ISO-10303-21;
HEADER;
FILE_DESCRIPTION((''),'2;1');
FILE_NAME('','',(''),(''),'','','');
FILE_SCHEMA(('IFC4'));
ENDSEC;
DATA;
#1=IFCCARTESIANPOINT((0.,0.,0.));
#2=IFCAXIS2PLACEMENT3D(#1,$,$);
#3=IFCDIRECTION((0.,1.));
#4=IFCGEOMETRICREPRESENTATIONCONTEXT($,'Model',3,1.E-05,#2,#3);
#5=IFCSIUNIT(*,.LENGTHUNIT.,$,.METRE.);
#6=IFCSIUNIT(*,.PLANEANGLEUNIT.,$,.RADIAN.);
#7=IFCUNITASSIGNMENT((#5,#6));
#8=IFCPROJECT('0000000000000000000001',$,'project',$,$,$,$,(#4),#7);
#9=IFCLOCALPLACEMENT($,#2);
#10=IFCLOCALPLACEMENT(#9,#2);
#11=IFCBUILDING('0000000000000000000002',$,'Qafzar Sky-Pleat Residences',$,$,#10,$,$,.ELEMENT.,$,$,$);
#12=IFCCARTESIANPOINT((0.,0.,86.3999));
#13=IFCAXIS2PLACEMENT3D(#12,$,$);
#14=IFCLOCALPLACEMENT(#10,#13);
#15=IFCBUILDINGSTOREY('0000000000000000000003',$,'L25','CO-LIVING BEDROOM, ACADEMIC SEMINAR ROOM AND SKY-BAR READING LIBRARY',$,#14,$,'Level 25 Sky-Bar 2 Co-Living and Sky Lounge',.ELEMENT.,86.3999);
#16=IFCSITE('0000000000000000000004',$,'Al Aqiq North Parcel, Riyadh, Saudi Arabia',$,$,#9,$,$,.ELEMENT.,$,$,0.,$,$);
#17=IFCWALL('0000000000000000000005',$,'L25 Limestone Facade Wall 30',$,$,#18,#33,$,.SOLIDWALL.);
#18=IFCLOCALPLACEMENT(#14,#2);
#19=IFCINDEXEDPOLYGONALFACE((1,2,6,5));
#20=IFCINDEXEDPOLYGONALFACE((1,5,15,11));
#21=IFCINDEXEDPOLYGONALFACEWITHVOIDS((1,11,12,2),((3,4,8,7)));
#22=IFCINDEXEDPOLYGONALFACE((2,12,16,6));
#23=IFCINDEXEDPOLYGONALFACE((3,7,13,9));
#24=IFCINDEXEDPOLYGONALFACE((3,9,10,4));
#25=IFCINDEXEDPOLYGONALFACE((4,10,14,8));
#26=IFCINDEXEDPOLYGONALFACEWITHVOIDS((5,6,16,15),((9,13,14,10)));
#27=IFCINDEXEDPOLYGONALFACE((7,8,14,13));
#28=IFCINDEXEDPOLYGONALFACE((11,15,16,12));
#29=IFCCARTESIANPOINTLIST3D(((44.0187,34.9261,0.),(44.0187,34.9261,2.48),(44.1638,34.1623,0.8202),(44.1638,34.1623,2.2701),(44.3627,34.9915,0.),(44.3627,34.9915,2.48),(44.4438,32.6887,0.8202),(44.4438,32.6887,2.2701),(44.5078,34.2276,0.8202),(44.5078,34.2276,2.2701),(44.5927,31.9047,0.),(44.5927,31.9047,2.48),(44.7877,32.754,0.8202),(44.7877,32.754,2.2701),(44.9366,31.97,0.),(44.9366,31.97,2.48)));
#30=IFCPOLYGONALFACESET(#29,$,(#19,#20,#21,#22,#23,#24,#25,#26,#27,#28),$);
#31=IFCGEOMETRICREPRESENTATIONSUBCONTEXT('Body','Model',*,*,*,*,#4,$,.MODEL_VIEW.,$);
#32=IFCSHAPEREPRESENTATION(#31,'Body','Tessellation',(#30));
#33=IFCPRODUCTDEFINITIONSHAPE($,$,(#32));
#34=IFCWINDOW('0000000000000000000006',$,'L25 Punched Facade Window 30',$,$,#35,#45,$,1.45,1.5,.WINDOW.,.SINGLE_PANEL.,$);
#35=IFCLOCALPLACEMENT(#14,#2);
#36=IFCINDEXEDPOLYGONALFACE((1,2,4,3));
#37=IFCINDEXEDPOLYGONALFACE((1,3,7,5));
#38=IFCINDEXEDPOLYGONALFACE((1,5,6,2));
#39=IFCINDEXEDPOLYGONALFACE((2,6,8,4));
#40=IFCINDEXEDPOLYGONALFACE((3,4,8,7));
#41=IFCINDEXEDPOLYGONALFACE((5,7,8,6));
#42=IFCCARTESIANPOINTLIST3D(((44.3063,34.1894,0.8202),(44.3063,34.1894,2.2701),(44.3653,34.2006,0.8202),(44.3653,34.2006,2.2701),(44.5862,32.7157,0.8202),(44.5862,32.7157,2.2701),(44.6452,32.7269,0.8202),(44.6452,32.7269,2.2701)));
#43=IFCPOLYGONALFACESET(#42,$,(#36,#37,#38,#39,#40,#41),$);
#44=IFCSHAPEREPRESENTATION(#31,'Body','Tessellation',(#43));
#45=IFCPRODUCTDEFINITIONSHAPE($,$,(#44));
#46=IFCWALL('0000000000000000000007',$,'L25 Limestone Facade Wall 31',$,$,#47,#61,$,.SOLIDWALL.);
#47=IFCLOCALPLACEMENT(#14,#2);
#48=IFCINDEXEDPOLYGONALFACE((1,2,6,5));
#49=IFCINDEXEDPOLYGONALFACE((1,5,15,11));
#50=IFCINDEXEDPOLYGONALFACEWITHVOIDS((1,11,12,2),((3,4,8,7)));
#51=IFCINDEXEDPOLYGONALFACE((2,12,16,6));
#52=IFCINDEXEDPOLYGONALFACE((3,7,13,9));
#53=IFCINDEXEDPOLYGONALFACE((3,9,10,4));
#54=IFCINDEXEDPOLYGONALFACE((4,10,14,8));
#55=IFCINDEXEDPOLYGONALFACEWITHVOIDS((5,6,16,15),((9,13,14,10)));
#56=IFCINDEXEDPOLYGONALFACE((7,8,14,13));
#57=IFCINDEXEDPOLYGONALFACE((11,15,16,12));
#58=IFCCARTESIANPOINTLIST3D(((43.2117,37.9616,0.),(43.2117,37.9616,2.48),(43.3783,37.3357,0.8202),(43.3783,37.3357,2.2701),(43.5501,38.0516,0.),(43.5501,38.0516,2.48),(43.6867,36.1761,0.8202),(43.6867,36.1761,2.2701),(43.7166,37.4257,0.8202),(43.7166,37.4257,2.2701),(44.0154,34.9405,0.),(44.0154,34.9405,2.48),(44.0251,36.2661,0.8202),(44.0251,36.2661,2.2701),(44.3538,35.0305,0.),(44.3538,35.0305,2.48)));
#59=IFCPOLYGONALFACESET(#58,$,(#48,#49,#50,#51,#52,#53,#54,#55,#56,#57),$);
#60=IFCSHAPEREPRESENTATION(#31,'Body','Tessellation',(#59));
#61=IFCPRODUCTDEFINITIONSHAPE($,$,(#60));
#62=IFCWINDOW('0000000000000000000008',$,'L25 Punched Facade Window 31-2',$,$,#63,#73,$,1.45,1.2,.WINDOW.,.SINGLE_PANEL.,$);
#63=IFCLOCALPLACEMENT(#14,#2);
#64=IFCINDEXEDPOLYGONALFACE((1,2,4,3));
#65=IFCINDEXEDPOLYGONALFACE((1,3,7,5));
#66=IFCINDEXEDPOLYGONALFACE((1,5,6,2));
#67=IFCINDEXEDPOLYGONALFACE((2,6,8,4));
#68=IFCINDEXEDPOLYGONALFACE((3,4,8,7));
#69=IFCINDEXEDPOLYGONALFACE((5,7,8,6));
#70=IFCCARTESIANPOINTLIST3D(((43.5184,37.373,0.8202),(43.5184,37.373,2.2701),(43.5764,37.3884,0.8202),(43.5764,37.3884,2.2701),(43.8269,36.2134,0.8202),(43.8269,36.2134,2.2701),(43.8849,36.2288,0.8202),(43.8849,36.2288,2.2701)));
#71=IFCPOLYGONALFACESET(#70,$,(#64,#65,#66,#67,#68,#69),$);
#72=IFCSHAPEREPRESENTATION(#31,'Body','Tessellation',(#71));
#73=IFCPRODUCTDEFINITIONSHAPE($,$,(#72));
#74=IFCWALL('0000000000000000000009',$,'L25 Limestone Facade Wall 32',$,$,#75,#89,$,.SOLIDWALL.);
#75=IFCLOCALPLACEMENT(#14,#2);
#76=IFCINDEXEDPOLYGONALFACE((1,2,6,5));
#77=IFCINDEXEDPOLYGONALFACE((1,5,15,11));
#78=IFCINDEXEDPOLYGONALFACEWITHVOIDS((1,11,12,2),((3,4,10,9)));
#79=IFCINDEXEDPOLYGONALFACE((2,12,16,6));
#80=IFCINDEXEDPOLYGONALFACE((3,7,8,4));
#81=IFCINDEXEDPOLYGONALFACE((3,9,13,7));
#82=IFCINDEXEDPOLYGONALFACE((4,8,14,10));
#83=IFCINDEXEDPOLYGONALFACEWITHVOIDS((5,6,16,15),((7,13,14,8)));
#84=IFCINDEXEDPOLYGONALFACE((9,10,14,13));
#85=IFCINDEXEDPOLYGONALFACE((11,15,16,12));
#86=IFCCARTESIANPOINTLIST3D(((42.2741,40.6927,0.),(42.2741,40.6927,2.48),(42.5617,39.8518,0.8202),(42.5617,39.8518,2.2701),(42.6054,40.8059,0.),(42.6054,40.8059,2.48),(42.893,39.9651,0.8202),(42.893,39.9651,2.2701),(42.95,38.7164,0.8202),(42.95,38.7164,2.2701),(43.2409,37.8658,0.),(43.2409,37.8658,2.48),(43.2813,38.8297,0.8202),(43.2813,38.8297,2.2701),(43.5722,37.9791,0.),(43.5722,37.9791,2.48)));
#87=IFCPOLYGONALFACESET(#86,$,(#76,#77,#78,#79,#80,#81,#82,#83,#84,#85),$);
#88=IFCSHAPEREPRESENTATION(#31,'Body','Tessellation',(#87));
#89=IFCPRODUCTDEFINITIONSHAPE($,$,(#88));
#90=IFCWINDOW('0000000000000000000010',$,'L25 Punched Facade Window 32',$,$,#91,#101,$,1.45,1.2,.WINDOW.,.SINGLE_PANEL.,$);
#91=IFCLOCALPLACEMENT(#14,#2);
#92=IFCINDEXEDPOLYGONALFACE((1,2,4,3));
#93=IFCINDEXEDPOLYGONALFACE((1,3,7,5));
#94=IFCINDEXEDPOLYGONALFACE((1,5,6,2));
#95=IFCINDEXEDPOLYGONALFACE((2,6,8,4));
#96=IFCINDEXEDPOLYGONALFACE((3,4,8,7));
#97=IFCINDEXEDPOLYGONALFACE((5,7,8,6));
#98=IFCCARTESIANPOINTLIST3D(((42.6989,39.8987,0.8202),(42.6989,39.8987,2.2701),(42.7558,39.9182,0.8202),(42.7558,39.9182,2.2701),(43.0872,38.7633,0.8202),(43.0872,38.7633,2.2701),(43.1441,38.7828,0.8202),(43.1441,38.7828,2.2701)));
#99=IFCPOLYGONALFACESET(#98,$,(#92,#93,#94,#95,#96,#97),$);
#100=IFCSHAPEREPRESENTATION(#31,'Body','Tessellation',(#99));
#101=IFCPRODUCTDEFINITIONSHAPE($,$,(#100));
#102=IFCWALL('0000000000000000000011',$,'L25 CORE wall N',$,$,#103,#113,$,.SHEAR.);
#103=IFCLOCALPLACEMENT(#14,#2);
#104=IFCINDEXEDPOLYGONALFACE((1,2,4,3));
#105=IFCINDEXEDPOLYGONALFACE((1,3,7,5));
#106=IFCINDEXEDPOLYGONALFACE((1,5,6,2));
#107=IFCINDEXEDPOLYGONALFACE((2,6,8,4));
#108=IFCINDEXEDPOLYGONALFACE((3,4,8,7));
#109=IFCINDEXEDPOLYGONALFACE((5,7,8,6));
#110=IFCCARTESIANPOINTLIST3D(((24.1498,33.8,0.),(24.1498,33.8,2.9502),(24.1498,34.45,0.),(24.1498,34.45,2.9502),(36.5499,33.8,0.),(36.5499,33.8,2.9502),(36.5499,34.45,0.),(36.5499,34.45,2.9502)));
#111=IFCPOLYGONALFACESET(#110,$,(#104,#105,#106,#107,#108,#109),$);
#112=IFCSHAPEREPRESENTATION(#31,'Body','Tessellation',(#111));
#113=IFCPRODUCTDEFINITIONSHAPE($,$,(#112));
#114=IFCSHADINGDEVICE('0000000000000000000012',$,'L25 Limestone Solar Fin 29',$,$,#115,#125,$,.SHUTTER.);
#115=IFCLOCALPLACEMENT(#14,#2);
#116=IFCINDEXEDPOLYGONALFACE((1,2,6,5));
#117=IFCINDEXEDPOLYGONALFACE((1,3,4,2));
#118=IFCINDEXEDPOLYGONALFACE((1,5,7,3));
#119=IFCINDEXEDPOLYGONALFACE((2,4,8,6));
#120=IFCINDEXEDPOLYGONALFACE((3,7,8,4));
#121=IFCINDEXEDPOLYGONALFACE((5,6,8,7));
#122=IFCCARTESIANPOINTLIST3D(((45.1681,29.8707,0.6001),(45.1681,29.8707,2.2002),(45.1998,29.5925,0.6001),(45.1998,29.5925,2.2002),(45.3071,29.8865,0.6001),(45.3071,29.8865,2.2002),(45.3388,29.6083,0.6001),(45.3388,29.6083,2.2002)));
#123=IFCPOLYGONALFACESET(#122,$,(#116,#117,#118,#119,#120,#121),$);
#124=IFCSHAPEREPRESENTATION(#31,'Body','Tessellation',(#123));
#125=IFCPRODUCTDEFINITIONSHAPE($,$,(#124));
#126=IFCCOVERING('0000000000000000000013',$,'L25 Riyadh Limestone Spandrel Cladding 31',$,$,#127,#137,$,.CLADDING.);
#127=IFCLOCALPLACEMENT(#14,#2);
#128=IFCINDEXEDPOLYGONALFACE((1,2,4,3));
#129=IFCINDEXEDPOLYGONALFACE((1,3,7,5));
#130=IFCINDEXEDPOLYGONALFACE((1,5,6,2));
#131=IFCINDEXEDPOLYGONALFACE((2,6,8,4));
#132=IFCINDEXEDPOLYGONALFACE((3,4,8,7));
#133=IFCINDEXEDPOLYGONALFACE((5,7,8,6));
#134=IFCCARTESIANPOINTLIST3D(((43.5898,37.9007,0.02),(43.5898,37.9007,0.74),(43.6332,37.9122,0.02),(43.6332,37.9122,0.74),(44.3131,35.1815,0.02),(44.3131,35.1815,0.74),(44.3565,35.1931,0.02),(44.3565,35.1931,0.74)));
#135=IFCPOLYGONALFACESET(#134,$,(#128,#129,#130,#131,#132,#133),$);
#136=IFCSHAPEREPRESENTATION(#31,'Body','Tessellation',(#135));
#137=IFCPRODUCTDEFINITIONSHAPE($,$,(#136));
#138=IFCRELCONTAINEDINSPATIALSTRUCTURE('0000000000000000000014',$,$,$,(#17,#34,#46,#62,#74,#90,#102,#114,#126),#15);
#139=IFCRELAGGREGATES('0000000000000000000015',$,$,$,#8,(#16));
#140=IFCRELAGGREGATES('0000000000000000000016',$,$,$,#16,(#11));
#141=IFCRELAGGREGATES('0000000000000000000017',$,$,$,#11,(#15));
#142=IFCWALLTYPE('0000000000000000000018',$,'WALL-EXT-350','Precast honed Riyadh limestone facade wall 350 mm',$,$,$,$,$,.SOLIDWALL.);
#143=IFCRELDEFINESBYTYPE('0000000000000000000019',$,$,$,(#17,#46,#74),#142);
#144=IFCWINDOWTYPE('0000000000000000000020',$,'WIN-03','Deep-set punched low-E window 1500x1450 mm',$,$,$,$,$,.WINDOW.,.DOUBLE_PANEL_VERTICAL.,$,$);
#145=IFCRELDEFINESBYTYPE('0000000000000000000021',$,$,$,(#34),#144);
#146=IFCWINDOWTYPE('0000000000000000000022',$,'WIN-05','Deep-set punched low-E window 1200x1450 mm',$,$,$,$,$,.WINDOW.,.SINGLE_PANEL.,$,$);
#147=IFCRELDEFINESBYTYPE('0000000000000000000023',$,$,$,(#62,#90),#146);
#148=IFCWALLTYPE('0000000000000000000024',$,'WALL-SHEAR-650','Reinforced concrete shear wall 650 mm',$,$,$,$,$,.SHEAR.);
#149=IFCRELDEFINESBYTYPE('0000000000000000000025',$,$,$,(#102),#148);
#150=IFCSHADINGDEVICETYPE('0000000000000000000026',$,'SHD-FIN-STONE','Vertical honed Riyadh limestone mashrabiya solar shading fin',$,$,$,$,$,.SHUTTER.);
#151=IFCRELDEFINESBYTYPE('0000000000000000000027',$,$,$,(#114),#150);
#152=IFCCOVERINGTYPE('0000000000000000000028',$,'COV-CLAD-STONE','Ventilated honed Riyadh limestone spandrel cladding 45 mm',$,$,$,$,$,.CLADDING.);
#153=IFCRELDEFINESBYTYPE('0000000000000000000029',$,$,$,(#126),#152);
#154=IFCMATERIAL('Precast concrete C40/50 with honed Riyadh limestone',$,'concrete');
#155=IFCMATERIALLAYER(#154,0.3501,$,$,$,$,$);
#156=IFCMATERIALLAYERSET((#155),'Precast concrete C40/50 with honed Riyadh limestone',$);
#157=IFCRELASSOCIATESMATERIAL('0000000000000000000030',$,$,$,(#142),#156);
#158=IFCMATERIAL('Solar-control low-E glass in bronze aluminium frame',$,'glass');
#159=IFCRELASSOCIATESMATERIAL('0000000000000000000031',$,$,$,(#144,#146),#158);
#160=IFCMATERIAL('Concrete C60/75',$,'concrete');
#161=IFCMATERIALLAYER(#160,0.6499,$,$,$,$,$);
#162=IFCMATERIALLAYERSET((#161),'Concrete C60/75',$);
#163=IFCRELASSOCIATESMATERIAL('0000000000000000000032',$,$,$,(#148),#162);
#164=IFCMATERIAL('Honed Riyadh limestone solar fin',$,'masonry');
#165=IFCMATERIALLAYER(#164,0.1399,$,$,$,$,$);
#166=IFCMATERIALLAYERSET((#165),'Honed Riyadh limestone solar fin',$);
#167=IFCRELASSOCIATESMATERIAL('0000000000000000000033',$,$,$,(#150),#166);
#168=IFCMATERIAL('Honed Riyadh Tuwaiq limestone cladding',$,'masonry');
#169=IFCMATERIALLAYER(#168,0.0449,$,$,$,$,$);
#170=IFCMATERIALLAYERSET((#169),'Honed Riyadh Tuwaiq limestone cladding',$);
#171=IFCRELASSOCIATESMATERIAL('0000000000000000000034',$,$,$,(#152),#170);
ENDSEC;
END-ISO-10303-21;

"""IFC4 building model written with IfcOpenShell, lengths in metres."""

from ifc_helpers import new_model, si_unit, direction, frame, frame_2d, origin, origin_2d, place, context, subcontext, project, spatial, rectangle, extrude, source, transform, mapped, material, layer, layer_set, type_object, element, fill, save


model = new_model("IFC4")

# Units and contexts
model_context = context("Model", 3, precision=1e-05, world=origin(), true_north=direction((0.0, 1.0)))
body_context = subcontext(model_context, "Body", "Model", "MODEL_VIEW")
ifc_project = project(units=[si_unit("LENGTHUNIT", "METRE"), si_unit("PLANEANGLEUNIT", "RADIAN")], contexts=[model_context])

# Site, building, storey
site_placement = place(None, origin())
site = spatial("IfcSite", under=ifc_project, at=site_placement, Name="Al Aqiq North Parcel, Riyadh, Saudi Arabia", CompositionType="ELEMENT", RefElevation=0.0)
building_placement = place(site_placement, origin())
building = spatial("IfcBuilding", under=site, at=building_placement, Name="Qafzar Sky-Pleat Residences", CompositionType="ELEMENT")
storey_placement = place(building_placement, frame((0.0, 0.0, 86.3999)))
storey = spatial("IfcBuildingStorey", under=building, at=storey_placement, Name="L25", Description="CO-LIVING BEDROOM, ACADEMIC SEMINAR ROOM AND SKY-BAR READING LIBRARY", LongName="Level 25 Sky-Bar 2 Co-Living and Sky Lounge", CompositionType="ELEMENT", Elevation=86.3999)

# Shared definitions
ifc_material_1 = material(Name="Concrete C60/75", Category="concrete")

# Walls, openings, windows
ifc_material_2 = material(Name="Precast concrete C40/50 with honed Riyadh limestone", Category="concrete")
ifc_layer_1 = layer(ifc_material_2, 0.3501)
ifc_layer_set_1 = layer_set([ifc_layer_1], Name="Precast concrete C40/50 with honed Riyadh limestone")
wall_type_1 = type_object("IfcWallType", Name="WALL-EXT-350", Description="Precast honed Riyadh limestone facade wall 350 mm", PredefinedType="SOLIDWALL", material=ifc_layer_set_1)
ifc_material_3 = material(Name="Solar-control low-E glass in bronze aluminium frame", Category="glass")
wall_1_placement = place(storey_placement, frame((44.7646, 31.9375, 0.0), z_axis=(0.0, 0.0, 1.0), x_axis=(-0.186627, 0.982431, 0.0)))
wall_1 = element("IfcWall", 1, at=wall_1_placement, inside=storey, type_object=wall_type_1, Name="L25 Limestone Facade Wall 30", PredefinedType="SOLIDWALL", context=body_context, shape_type="SweptSolid", body=[
    extrude(rectangle(XDim=3.0754, YDim=0.3501, at=frame_2d((1.5376, 0.0))), origin(), (0.0, 0.0, 1.0), 2.48),
])
opening_1_placement = place(wall_1_placement, frame((0.7979, 0.0, 0.8201)))
opening_1 = element("IfcOpeningElement", 2, at=opening_1_placement, cuts=wall_1, PredefinedType="OPENING", context=body_context, shape_type="SweptSolid", body=[
    extrude(rectangle(XDim=1.5, YDim=1.45, at=frame_2d((0.75, 0.7251))), frame((0.0, 0.1851, 0.0), z_axis=(0.0, -1.0, 0.0), x_axis=(1.0, 0.0, 0.0)), (0.0, 0.0, 1.0), 0.3701),
])
window_type_1 = type_object("IfcWindowType", Name="WIN-03", Description="Deep-set punched low-E window 1500x1450 mm", PartitioningType="DOUBLE_PANEL_VERTICAL", PredefinedType="WINDOW", material=ifc_material_3)
shared_shape_1 = source(origin(), body_context, "Body", "SweptSolid", [
    extrude(rectangle(XDim=1.5, YDim=1.45, at=frame_2d((0.75, 0.7251))), frame((0.0, 0.03, 0.0), z_axis=(0.0, -1.0, 0.0), x_axis=(1.0, 0.0, 0.0)), (0.0, 0.0, 1.0), 0.0601),
])
window_1_placement = place(opening_1_placement, origin())
window_1 = element("IfcWindow", 3, at=window_1_placement, inside=storey, type_object=window_type_1, Name="L25 Punched Facade Window 30", OverallHeight=1.45, OverallWidth=1.5, PartitioningType="SINGLE_PANEL", PredefinedType="WINDOW", context=body_context, shape_type="MappedRepresentation", body=[
    mapped(shared_shape_1, transform((0.0, 0.0, 0.0), x_axis=(1.0, 0.0, 0.0), y_axis=(0.0, 1.0, 0.0), z_axis=(0.0, 0.0, 1.0), scale=1.0)),
])
fill(opening_1, window_1)
wall_2_placement = place(storey_placement, frame((44.1846, 34.9856, 0.0), z_axis=(0.0, 0.0, 1.0), x_axis=(-0.257079, 0.96639, 0.0)))
wall_2 = element("IfcWall", 4, at=wall_2_placement, inside=storey, type_object=wall_type_1, Name="L25 Limestone Facade Wall 31", PredefinedType="SOLIDWALL", context=body_context, shape_type="SweptSolid", body=[
    extrude(rectangle(XDim=3.1262, YDim=0.3501, at=frame_2d((1.563, 0.0))), origin(), (0.0, 0.0, 1.0), 2.48),
])
opening_2_placement = place(wall_2_placement, frame((1.2783, 0.0, 0.8201)))
opening_2 = element("IfcOpeningElement", 5, at=opening_2_placement, cuts=wall_2, PredefinedType="OPENING", context=body_context, shape_type="SweptSolid", body=[
    extrude(rectangle(XDim=1.2, YDim=1.45, at=frame_2d((0.6001, 0.7251))), frame((0.0, 0.1851, 0.0), z_axis=(0.0, -1.0, 0.0), x_axis=(1.0, 0.0, 0.0)), (0.0, 0.0, 1.0), 0.3701),
])
window_type_2 = type_object("IfcWindowType", Name="WIN-05", Description="Deep-set punched low-E window 1200x1450 mm", PartitioningType="SINGLE_PANEL", PredefinedType="WINDOW", material=ifc_material_3)
shared_shape_2 = source(origin(), body_context, "Body", "SweptSolid", [
    extrude(rectangle(XDim=1.2, YDim=1.45, at=frame_2d((0.6001, 0.7251))), frame((0.0, 0.03, 0.0), z_axis=(0.0, -1.0, 0.0), x_axis=(1.0, 0.0, 0.0)), (0.0, 0.0, 1.0), 0.0601),
])
window_2_placement = place(opening_2_placement, origin())
window_2 = element("IfcWindow", 6, at=window_2_placement, inside=storey, type_object=window_type_2, Name="L25 Punched Facade Window 31-2", OverallHeight=1.45, OverallWidth=1.2, PartitioningType="SINGLE_PANEL", PredefinedType="WINDOW", context=body_context, shape_type="MappedRepresentation", body=[
    mapped(shared_shape_2, transform((0.0, 0.0, 0.0), x_axis=(1.0, 0.0, 0.0), y_axis=(0.0, 1.0, 0.0), z_axis=(0.0, 0.0, 1.0), scale=1.0)),
])
fill(opening_2, window_2)
wall_3_placement = place(storey_placement, frame((43.4065, 37.9226, 0.0), z_axis=(0.0, 0.0, 1.0), x_axis=(-0.323597, 0.946195, 0.0)))
wall_3 = element("IfcWall", 7, at=wall_3_placement, inside=storey, type_object=wall_type_1, Name="L25 Limestone Facade Wall 32", PredefinedType="SOLIDWALL", context=body_context, shape_type="SweptSolid", body=[
    extrude(rectangle(XDim=2.9875, YDim=0.3501, at=frame_2d((1.4937, 0.0))), origin(), (0.0, 0.0, 1.0), 2.48),
])
opening_3_placement = place(wall_3_placement, frame((0.8987, 0.0, 0.8201)))
opening_3 = element("IfcOpeningElement", 8, at=opening_3_placement, cuts=wall_3, PredefinedType="OPENING", context=body_context, shape_type="SweptSolid", body=[
    extrude(rectangle(XDim=1.2, YDim=1.45, at=frame_2d((0.6001, 0.7251))), frame((0.0, 0.1851, 0.0), z_axis=(0.0, -1.0, 0.0), x_axis=(1.0, 0.0, 0.0)), (0.0, 0.0, 1.0), 0.3701),
])
window_3_placement = place(opening_3_placement, origin())
window_3 = element("IfcWindow", 9, at=window_3_placement, inside=storey, type_object=window_type_2, Name="L25 Punched Facade Window 32", OverallHeight=1.45, OverallWidth=1.2, PartitioningType="SINGLE_PANEL", PredefinedType="WINDOW", context=body_context, shape_type="MappedRepresentation", body=[
    mapped(shared_shape_2, transform((0.0, 0.0, 0.0), x_axis=(1.0, 0.0, 0.0), y_axis=(0.0, 1.0, 0.0), z_axis=(0.0, 0.0, 1.0), scale=1.0)),
])
fill(opening_3, window_3)

# Wall
ifc_layer_2 = layer(ifc_material_1, 0.6499)
ifc_layer_set_2 = layer_set([ifc_layer_2], Name="Concrete C60/75")
wall_type_2 = type_object("IfcWallType", Name="WALL-SHEAR-650", Description="Reinforced concrete shear wall 650 mm", PredefinedType="SHEAR", material=ifc_layer_set_2)
wall_4_placement = place(storey_placement, frame((36.55, 34.125, 0.0), z_axis=(0.0, 0.0, 1.0), x_axis=(-1.0, 0.0, 0.0)))
element("IfcWall", 10, at=wall_4_placement, inside=storey, type_object=wall_type_2, Name="L25 CORE wall N", PredefinedType="SHEAR", context=body_context, shape_type="SweptSolid", body=[
    extrude(rectangle(XDim=12.4001, YDim=0.6499, at=frame_2d((6.2002, 0.0))), origin(), (0.0, 0.0, 1.0), 2.9502),
])

# Shading device
ifc_material_4 = material(Name="Honed Riyadh limestone solar fin", Category="masonry")
ifc_layer_3 = layer(ifc_material_4, 0.1399)
ifc_layer_set_3 = layer_set([ifc_layer_3], Name="Honed Riyadh limestone solar fin")
shading_device_type = type_object("IfcShadingDeviceType", Name="SHD-FIN-STONE", Description="Vertical honed Riyadh limestone mashrabiya solar shading fin", PredefinedType="SHUTTER", material=ifc_layer_set_3)
shared_shape_3 = source(origin(), body_context, "Body", "SweptSolid", [
    extrude(rectangle(XDim=0.1399, YDim=0.28, at=origin_2d()), origin(), (0.0, 0.0, 1.0), 1.6001),
])
shading_device_placement = place(storey_placement, frame((45.2534, 29.7395, 0.6001), z_axis=(0.0, 0.0, 1.0), x_axis=(0.993562, 0.113288, 0.0)))
element("IfcShadingDevice", 11, at=shading_device_placement, inside=storey, type_object=shading_device_type, Name="L25 Limestone Solar Fin 29", PredefinedType="SHUTTER", context=body_context, shape_type="MappedRepresentation", body=[
    mapped(shared_shape_3, transform((0.0, 0.0, 0.0), x_axis=(1.0, 0.0, 0.0), y_axis=(0.0, 1.0, 0.0), z_axis=(0.0, 0.0, 1.0), scale=1.0)),
])

# Covering
ifc_material_5 = material(Name="Honed Riyadh Tuwaiq limestone cladding", Category="masonry")
ifc_layer_4 = layer(ifc_material_5, 0.0449)
ifc_layer_set_4 = layer_set([ifc_layer_4], Name="Honed Riyadh Tuwaiq limestone cladding")
covering_type = type_object("IfcCoveringType", Name="COV-CLAD-STONE", Description="Ventilated honed Riyadh limestone spandrel cladding 45 mm", PredefinedType="CLADDING", material=ifc_layer_set_4)
shared_shape_4 = source(origin(), body_context, "Body", "SweptSolid", [
    extrude(rectangle(XDim=2.8137, YDim=0.0449, at=origin_2d()), origin(), (0.0, 0.0, 1.0), 0.72),
])
covering_placement = place(storey_placement, frame((43.9731, 36.5469, 0.02), z_axis=(0.0, 0.0, 1.0), x_axis=(-0.257049, 0.966398, 0.0)))
element("IfcCovering", 12, at=covering_placement, inside=storey, type_object=covering_type, Name="L25 Riyadh Limestone Spandrel Cladding 31", PredefinedType="CLADDING", context=body_context, shape_type="MappedRepresentation", body=[
    mapped(shared_shape_4, transform((0.0, 0.0, 0.0), x_axis=(1.0, 0.0, 0.0), y_axis=(0.0, 1.0, 0.0), z_axis=(0.0, 0.0, 1.0), scale=1.0)),
])

save(model, "model.ifc")
